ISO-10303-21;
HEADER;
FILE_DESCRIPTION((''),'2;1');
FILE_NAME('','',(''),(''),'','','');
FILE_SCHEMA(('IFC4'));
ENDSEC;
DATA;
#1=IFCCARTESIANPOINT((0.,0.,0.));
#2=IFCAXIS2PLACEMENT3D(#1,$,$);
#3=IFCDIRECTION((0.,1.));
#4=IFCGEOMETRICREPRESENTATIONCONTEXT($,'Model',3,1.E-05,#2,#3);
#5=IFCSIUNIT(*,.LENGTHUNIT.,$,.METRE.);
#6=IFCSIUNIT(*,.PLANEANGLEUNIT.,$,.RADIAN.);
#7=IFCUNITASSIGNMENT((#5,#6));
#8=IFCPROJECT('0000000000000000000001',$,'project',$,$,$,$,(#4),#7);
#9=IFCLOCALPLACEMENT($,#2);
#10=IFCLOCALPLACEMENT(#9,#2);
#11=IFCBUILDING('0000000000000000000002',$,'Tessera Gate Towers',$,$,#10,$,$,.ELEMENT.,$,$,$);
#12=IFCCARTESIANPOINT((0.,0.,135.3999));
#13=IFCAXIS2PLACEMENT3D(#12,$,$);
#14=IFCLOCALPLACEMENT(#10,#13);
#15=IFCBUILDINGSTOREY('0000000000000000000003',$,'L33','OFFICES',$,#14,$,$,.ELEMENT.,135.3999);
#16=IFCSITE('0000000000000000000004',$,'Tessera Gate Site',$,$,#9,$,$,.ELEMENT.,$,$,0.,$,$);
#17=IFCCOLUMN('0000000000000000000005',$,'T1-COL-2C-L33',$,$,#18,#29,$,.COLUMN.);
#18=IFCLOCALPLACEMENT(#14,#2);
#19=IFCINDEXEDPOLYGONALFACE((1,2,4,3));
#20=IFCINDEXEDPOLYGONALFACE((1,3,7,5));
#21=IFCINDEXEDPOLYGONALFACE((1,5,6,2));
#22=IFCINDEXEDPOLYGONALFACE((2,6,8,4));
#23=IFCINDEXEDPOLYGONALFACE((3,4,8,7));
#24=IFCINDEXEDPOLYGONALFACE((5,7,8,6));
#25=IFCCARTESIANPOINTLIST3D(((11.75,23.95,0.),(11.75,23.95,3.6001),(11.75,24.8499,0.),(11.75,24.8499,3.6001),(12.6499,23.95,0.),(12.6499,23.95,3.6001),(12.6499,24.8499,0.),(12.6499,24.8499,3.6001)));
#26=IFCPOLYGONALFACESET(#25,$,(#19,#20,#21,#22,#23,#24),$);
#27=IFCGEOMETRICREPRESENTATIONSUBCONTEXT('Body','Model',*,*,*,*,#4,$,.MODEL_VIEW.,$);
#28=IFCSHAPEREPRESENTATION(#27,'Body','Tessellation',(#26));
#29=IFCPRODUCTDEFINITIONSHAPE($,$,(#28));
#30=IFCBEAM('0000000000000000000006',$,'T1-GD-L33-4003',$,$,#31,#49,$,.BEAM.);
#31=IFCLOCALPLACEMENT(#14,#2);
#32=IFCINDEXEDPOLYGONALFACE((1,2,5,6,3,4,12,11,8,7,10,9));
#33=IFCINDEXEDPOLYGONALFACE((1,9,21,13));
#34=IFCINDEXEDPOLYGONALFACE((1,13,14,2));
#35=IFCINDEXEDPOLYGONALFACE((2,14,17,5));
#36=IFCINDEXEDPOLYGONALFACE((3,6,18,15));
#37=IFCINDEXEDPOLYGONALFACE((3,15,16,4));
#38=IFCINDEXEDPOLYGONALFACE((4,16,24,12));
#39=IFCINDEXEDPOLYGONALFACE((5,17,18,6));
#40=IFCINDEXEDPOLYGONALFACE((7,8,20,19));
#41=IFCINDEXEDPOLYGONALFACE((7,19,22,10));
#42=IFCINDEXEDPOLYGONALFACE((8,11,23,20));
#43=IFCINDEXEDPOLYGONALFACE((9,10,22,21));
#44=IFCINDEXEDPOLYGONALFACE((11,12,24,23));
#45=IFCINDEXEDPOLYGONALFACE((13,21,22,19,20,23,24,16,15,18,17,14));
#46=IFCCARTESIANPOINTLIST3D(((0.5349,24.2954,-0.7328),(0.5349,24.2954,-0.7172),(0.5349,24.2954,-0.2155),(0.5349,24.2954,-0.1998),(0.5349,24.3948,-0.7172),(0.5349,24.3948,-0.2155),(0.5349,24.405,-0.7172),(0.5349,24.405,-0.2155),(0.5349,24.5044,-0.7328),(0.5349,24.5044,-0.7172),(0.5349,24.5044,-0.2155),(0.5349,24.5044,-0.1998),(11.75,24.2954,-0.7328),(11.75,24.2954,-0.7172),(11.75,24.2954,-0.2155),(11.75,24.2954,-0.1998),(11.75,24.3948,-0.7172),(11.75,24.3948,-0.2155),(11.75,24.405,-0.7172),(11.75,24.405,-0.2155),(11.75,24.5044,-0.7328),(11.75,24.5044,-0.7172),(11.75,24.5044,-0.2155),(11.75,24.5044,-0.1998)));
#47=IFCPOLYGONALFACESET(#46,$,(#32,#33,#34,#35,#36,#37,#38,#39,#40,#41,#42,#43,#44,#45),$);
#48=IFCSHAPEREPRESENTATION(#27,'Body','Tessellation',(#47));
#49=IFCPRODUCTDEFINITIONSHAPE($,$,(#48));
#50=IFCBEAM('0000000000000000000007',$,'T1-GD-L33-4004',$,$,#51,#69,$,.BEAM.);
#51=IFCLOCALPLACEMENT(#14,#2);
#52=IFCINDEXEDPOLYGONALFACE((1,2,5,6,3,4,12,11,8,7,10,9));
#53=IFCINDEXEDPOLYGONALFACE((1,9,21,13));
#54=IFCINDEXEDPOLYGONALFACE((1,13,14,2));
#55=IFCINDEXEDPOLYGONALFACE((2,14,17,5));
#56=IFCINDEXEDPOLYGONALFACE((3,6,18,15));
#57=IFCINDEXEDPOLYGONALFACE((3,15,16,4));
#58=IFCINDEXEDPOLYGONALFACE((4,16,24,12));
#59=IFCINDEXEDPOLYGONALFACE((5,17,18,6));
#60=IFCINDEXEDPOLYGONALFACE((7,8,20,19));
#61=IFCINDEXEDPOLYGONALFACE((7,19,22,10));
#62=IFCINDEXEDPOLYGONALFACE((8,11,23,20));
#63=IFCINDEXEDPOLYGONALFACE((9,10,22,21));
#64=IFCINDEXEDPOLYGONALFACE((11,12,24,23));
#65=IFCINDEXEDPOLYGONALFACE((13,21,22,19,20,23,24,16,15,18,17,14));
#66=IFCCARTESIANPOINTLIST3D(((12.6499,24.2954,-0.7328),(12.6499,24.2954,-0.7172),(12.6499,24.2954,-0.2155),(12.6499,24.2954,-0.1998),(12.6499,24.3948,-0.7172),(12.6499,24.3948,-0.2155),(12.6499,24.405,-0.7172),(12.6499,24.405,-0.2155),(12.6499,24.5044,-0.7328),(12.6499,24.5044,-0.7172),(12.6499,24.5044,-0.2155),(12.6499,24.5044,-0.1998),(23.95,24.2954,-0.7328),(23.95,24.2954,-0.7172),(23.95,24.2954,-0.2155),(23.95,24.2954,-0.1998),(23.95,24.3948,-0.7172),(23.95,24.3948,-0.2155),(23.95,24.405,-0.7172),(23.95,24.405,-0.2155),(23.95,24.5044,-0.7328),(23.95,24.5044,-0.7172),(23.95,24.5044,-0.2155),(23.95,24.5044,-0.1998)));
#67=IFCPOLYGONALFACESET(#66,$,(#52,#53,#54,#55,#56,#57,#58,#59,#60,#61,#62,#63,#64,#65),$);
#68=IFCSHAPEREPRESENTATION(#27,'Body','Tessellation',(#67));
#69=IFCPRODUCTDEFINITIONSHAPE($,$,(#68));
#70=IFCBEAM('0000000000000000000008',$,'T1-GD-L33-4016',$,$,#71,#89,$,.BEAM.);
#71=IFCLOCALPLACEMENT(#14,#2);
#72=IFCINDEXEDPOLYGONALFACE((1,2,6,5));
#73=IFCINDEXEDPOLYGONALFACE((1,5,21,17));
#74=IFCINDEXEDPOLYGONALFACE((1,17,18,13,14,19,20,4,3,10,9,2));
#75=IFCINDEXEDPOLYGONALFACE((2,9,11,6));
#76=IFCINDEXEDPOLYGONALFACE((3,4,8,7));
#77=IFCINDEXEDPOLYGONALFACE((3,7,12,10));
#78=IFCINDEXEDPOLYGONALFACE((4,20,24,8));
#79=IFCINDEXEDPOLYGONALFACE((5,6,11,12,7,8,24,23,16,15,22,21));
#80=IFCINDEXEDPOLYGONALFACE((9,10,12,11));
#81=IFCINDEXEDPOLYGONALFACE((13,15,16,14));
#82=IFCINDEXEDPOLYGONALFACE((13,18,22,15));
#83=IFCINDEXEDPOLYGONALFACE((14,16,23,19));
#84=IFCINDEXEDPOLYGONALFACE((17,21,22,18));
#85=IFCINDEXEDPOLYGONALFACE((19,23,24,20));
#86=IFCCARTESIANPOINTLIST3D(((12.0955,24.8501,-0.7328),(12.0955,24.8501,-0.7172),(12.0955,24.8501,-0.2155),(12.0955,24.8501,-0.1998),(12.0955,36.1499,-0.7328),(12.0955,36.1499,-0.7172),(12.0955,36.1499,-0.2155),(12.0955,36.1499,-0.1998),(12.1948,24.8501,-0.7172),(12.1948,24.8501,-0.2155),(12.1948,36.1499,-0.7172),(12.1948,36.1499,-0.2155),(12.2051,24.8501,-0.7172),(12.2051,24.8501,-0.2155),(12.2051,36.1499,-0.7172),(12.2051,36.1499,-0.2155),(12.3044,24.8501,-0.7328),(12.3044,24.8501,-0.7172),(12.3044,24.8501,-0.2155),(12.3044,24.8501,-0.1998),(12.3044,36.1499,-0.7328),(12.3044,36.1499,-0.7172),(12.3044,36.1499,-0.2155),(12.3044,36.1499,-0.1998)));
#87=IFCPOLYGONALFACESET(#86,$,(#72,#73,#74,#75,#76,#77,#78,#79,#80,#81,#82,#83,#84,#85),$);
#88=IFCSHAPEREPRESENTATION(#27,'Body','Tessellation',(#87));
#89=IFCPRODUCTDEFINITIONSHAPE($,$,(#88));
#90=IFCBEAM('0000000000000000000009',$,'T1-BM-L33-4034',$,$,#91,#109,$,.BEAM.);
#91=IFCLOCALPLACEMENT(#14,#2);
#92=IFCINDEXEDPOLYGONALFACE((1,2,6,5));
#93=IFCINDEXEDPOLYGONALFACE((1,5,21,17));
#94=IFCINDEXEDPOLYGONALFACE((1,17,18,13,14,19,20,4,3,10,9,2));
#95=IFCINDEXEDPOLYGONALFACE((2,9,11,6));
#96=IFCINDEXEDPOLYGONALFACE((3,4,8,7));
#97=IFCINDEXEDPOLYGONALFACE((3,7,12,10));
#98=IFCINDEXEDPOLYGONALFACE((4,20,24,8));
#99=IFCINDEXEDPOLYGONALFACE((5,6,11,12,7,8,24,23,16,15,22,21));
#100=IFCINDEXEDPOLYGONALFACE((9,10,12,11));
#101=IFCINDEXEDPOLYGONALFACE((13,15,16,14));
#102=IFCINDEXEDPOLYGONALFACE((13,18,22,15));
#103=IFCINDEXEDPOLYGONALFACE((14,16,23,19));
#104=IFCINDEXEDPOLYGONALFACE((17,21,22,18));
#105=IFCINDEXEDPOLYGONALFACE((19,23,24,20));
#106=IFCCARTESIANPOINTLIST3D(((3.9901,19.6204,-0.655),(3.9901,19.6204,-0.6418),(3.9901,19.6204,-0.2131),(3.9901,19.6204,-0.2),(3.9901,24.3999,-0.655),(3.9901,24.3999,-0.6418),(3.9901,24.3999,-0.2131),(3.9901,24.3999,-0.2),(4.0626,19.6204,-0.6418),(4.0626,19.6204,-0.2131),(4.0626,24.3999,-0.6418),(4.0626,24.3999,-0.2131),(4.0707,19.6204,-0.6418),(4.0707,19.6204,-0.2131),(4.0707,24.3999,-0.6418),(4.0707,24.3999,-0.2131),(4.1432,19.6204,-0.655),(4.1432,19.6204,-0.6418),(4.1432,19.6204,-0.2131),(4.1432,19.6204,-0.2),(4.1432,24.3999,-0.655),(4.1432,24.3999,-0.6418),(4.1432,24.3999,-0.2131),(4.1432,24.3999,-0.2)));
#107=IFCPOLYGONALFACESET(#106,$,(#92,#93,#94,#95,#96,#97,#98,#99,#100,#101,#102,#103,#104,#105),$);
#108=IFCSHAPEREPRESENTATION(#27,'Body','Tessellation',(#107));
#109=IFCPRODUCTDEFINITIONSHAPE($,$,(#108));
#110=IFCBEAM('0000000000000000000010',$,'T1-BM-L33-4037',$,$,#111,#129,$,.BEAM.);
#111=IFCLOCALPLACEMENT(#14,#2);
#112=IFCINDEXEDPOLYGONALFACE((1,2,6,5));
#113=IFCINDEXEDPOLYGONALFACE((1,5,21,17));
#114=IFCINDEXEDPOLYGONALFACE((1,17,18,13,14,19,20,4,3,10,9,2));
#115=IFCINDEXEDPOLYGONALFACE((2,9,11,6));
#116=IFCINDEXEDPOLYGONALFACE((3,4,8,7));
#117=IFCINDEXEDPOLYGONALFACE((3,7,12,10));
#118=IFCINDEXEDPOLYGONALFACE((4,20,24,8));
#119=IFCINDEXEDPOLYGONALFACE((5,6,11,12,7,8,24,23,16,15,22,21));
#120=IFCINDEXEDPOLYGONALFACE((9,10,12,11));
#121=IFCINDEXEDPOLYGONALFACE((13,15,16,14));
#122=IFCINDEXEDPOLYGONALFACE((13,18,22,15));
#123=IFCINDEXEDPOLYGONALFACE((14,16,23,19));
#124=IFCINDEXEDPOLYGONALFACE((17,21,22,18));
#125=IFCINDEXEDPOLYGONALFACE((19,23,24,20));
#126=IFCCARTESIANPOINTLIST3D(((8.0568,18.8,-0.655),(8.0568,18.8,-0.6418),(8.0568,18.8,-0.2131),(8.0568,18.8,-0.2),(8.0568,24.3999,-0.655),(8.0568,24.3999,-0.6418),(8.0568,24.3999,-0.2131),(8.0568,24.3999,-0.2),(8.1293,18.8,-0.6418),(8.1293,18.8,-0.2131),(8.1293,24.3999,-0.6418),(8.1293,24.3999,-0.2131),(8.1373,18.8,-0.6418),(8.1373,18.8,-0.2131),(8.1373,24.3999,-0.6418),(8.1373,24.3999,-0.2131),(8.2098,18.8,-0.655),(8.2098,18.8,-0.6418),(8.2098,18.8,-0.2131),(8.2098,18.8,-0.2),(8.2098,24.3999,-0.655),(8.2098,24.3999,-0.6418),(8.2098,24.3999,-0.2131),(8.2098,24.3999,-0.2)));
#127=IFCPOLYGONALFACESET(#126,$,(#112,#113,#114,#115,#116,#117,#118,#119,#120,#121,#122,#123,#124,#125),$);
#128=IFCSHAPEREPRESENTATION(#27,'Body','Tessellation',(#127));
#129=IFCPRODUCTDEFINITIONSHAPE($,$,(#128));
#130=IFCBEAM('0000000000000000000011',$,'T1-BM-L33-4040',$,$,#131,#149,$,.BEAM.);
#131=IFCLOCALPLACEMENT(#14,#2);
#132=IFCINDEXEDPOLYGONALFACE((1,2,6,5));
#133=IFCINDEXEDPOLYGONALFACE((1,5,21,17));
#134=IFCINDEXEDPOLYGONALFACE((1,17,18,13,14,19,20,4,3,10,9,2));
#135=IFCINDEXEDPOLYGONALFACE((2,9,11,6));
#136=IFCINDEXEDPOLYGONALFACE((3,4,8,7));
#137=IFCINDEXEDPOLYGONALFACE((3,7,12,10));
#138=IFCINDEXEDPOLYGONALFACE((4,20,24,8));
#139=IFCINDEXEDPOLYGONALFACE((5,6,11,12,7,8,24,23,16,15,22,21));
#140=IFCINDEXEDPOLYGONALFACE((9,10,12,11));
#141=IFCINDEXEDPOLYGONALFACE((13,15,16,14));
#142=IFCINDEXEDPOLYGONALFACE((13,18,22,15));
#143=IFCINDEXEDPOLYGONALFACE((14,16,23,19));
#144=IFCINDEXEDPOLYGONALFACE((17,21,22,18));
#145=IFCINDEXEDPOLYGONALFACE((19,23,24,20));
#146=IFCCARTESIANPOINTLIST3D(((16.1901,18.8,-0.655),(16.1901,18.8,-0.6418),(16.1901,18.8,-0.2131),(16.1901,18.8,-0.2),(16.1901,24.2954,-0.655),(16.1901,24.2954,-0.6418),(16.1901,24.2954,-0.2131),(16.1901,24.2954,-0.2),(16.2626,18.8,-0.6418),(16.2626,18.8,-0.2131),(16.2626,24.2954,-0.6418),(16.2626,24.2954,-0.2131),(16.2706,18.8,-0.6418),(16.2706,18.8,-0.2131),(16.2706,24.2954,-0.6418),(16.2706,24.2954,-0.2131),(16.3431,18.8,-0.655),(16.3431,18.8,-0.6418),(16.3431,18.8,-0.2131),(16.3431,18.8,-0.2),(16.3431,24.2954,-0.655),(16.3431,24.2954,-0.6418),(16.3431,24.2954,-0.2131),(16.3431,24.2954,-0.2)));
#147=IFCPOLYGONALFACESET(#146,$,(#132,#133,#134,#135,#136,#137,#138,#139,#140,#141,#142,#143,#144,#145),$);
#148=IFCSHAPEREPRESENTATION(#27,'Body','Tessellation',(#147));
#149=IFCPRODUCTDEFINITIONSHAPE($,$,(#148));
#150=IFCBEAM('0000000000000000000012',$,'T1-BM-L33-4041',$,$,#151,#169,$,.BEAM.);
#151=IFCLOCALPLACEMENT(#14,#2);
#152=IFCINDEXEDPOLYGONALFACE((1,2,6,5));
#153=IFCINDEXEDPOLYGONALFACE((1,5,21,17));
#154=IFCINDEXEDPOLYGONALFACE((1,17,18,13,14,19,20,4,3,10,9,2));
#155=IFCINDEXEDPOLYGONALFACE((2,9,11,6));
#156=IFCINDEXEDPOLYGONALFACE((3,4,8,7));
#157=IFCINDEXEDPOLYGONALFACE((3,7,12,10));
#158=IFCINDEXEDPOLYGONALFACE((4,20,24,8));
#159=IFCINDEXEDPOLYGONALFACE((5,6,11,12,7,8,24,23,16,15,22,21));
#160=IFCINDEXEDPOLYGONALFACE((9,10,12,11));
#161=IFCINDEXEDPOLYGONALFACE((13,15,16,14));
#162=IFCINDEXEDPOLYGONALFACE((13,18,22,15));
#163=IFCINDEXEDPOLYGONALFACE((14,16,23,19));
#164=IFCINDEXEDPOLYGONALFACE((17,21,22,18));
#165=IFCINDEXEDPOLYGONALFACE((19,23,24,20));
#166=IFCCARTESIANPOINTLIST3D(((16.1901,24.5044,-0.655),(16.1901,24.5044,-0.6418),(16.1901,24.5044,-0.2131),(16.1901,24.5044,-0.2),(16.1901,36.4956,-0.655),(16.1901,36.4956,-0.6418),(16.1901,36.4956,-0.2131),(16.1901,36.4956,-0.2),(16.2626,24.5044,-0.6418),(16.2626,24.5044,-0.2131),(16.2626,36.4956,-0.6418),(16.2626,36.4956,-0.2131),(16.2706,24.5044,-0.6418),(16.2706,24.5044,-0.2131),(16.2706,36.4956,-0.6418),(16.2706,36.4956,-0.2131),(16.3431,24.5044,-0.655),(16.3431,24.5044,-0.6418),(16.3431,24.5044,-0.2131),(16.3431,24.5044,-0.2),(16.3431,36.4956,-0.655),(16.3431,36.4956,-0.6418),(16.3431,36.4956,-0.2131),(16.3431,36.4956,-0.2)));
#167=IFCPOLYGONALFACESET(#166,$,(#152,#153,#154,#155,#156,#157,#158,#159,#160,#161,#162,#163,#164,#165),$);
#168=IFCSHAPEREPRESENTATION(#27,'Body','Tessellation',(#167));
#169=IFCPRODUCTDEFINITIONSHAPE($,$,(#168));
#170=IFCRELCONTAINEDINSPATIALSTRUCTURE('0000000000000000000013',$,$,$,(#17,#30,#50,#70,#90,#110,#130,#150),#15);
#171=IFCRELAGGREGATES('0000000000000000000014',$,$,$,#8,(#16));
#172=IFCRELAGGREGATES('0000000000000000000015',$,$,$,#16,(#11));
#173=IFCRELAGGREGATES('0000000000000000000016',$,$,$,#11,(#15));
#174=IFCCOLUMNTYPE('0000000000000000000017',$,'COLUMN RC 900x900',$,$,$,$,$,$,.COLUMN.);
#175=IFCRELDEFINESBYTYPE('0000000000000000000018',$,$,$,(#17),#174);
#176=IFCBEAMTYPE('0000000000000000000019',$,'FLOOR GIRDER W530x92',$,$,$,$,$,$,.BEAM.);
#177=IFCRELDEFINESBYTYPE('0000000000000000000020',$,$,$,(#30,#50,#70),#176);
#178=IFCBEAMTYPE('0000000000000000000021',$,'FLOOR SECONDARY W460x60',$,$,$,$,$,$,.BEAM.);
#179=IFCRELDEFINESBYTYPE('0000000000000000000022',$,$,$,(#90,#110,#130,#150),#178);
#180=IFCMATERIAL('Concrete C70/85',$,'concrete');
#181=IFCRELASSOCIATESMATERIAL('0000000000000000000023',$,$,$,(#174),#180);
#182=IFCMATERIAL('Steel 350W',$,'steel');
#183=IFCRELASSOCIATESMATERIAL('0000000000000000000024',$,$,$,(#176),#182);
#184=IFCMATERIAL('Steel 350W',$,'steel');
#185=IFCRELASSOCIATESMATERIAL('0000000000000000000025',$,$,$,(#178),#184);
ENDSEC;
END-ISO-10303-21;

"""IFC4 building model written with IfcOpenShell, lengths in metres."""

from ifc_helpers import new_model, si_unit, direction, frame, origin, origin_2d, place, context, subcontext, project, spatial, rectangle, i_section, extrude, material, material_profile, profile_set, type_object, element, save


model = new_model("IFC4")

# Units and contexts
model_context = context("Model", 3, precision=1e-05, world=origin(), true_north=direction((0.0, 1.0)))
body_context = subcontext(model_context, "Body", "Model", "MODEL_VIEW")
ifc_project = project(units=[si_unit("LENGTHUNIT", "METRE"), si_unit("PLANEANGLEUNIT", "RADIAN")], contexts=[model_context])

# Site, building, storey
site_placement = place(None, origin())
site = spatial("IfcSite", under=ifc_project, at=site_placement, Name="Tessera Gate Site", CompositionType="ELEMENT", RefElevation=0.0)
building_placement = place(site_placement, origin())
building = spatial("IfcBuilding", under=site, at=building_placement, Name="Tessera Gate Towers", CompositionType="ELEMENT")
storey_placement = place(building_placement, frame((0.0, 0.0, 135.3999)))
storey = spatial("IfcBuildingStorey", under=building, at=storey_placement, Name="L33", Description="OFFICES", CompositionType="ELEMENT", Elevation=135.3999)

# Column
ifc_material_1 = material(Name="Concrete C70/85", Category="concrete")
ifc_material_profile_1 = material_profile(ifc_material_1, rectangle(XDim=0.8999, YDim=0.8999, at=origin_2d()), Name="RC 900x900")
ifc_profile_set_1 = profile_set([ifc_material_profile_1], Name="Concrete C70/85")
column_type = type_object("IfcColumnType", Name="COLUMN RC 900x900", PredefinedType="COLUMN", material=ifc_profile_set_1)
column_placement = place(storey_placement, frame((12.2, 24.3999, 0.0), z_axis=(0.0, 0.0, 1.0), x_axis=(1.0, 0.0, 0.0)))
element("IfcColumn", 1, at=column_placement, inside=storey, type_object=column_type, Name="T1-COL-2C-L33", PredefinedType="COLUMN", context=body_context, shape_type="SweptSolid", body=[
    extrude(rectangle(XDim=0.8999, YDim=0.8999, at=origin_2d()), origin(), (0.0, 0.0, 1.0), 3.6001),
])

# Beams
ifc_material_2 = material(Name="Steel 350W", Category="steel")
ifc_material_profile_2 = material_profile(ifc_material_2, i_section(OverallWidth=0.209, OverallDepth=0.533, WebThickness=0.0103, FlangeThickness=0.0156, at=origin_2d()), Name="W530x92")
ifc_profile_set_2 = profile_set([ifc_material_profile_2], Name="Steel 350W")
beam_type_1 = type_object("IfcBeamType", Name="FLOOR GIRDER W530x92", PredefinedType="BEAM", material=ifc_profile_set_2)
beam_1_placement = place(storey_placement, frame((0.5349, 24.3999, -0.4663), z_axis=(1.0, 0.0, 0.0), x_axis=(0.0, 1.0, 0.0)))
element("IfcBeam", 2, at=beam_1_placement, inside=storey, type_object=beam_type_1, Name="T1-GD-L33-4003", PredefinedType="BEAM", context=body_context, shape_type="SweptSolid", body=[
    extrude(i_section(OverallWidth=0.209, OverallDepth=0.533, WebThickness=0.0103, FlangeThickness=0.0156, at=origin_2d()), origin(), (0.0, 0.0, 1.0), 11.2151),
])
beam_2_placement = place(storey_placement, frame((12.6499, 24.3999, -0.4663), z_axis=(1.0, 0.0, 0.0), x_axis=(0.0, 1.0, 0.0)))
element("IfcBeam", 3, at=beam_2_placement, inside=storey, type_object=beam_type_1, Name="T1-GD-L33-4004", PredefinedType="BEAM", context=body_context, shape_type="SweptSolid", body=[
    extrude(i_section(OverallWidth=0.209, OverallDepth=0.533, WebThickness=0.0103, FlangeThickness=0.0156, at=origin_2d()), origin(), (0.0, 0.0, 1.0), 11.3),
])
beam_3_placement = place(storey_placement, frame((12.2, 24.8501, -0.4663), z_axis=(0.0, 1.0, 0.0), x_axis=(-1.0, 0.0, 0.0)))
element("IfcBeam", 4, at=beam_3_placement, inside=storey, type_object=beam_type_1, Name="T1-GD-L33-4016", PredefinedType="BEAM", context=body_context, shape_type="SweptSolid", body=[
    extrude(i_section(OverallWidth=0.209, OverallDepth=0.533, WebThickness=0.0103, FlangeThickness=0.0156, at=origin_2d()), origin(), (0.0, 0.0, 1.0), 11.2998),
])
ifc_material_3 = material(Name="Steel 350W", Category="steel")
ifc_material_profile_3 = material_profile(ifc_material_3, i_section(OverallWidth=0.1531, OverallDepth=0.4551, WebThickness=0.0081, FlangeThickness=0.0132, at=origin_2d()), Name="W460x60")
ifc_profile_set_3 = profile_set([ifc_material_profile_3], Name="Steel 350W")
beam_type_2 = type_object("IfcBeamType", Name="FLOOR SECONDARY W460x60", PredefinedType="BEAM", material=ifc_profile_set_3)
beam_4_placement = place(storey_placement, frame((4.0667, 19.6204, -0.4275), z_axis=(0.0, 1.0, 0.0), x_axis=(-1.0, 0.0, 0.0)))
element("IfcBeam", 5, at=beam_4_placement, inside=storey, type_object=beam_type_2, Name="T1-BM-L33-4034", PredefinedType="BEAM", context=body_context, shape_type="SweptSolid", body=[
    extrude(i_section(OverallWidth=0.1531, OverallDepth=0.4551, WebThickness=0.0081, FlangeThickness=0.0132, at=origin_2d()), origin(), (0.0, 0.0, 1.0), 4.7795),
])
beam_5_placement = place(storey_placement, frame((8.1333, 18.8, -0.4275), z_axis=(0.0, 1.0, 0.0), x_axis=(-1.0, 0.0, 0.0)))
element("IfcBeam", 6, at=beam_5_placement, inside=storey, type_object=beam_type_2, Name="T1-BM-L33-4037", PredefinedType="BEAM", context=body_context, shape_type="SweptSolid", body=[
    extrude(i_section(OverallWidth=0.1531, OverallDepth=0.4551, WebThickness=0.0081, FlangeThickness=0.0132, at=origin_2d()), origin(), (0.0, 0.0, 1.0), 5.5999),
])
beam_6_placement = place(storey_placement, frame((16.2666, 18.8, -0.4275), z_axis=(0.0, 1.0, 0.0), x_axis=(-1.0, 0.0, 0.0)))
element("IfcBeam", 7, at=beam_6_placement, inside=storey, type_object=beam_type_2, Name="T1-BM-L33-4040", PredefinedType="BEAM", context=body_context, shape_type="SweptSolid", body=[
    extrude(i_section(OverallWidth=0.1531, OverallDepth=0.4551, WebThickness=0.0081, FlangeThickness=0.0132, at=origin_2d()), origin(), (0.0, 0.0, 1.0), 5.4954),
])
beam_7_placement = place(storey_placement, frame((16.2666, 24.5044, -0.4275), z_axis=(0.0, 1.0, 0.0), x_axis=(-1.0, 0.0, 0.0)))
element("IfcBeam", 8, at=beam_7_placement, inside=storey, type_object=beam_type_2, Name="T1-BM-L33-4041", PredefinedType="BEAM", context=body_context, shape_type="SweptSolid", body=[
    extrude(i_section(OverallWidth=0.1531, OverallDepth=0.4551, WebThickness=0.0081, FlangeThickness=0.0132, at=origin_2d()), origin(), (0.0, 0.0, 1.0), 11.9912),
])

save(model, "model.ifc")
